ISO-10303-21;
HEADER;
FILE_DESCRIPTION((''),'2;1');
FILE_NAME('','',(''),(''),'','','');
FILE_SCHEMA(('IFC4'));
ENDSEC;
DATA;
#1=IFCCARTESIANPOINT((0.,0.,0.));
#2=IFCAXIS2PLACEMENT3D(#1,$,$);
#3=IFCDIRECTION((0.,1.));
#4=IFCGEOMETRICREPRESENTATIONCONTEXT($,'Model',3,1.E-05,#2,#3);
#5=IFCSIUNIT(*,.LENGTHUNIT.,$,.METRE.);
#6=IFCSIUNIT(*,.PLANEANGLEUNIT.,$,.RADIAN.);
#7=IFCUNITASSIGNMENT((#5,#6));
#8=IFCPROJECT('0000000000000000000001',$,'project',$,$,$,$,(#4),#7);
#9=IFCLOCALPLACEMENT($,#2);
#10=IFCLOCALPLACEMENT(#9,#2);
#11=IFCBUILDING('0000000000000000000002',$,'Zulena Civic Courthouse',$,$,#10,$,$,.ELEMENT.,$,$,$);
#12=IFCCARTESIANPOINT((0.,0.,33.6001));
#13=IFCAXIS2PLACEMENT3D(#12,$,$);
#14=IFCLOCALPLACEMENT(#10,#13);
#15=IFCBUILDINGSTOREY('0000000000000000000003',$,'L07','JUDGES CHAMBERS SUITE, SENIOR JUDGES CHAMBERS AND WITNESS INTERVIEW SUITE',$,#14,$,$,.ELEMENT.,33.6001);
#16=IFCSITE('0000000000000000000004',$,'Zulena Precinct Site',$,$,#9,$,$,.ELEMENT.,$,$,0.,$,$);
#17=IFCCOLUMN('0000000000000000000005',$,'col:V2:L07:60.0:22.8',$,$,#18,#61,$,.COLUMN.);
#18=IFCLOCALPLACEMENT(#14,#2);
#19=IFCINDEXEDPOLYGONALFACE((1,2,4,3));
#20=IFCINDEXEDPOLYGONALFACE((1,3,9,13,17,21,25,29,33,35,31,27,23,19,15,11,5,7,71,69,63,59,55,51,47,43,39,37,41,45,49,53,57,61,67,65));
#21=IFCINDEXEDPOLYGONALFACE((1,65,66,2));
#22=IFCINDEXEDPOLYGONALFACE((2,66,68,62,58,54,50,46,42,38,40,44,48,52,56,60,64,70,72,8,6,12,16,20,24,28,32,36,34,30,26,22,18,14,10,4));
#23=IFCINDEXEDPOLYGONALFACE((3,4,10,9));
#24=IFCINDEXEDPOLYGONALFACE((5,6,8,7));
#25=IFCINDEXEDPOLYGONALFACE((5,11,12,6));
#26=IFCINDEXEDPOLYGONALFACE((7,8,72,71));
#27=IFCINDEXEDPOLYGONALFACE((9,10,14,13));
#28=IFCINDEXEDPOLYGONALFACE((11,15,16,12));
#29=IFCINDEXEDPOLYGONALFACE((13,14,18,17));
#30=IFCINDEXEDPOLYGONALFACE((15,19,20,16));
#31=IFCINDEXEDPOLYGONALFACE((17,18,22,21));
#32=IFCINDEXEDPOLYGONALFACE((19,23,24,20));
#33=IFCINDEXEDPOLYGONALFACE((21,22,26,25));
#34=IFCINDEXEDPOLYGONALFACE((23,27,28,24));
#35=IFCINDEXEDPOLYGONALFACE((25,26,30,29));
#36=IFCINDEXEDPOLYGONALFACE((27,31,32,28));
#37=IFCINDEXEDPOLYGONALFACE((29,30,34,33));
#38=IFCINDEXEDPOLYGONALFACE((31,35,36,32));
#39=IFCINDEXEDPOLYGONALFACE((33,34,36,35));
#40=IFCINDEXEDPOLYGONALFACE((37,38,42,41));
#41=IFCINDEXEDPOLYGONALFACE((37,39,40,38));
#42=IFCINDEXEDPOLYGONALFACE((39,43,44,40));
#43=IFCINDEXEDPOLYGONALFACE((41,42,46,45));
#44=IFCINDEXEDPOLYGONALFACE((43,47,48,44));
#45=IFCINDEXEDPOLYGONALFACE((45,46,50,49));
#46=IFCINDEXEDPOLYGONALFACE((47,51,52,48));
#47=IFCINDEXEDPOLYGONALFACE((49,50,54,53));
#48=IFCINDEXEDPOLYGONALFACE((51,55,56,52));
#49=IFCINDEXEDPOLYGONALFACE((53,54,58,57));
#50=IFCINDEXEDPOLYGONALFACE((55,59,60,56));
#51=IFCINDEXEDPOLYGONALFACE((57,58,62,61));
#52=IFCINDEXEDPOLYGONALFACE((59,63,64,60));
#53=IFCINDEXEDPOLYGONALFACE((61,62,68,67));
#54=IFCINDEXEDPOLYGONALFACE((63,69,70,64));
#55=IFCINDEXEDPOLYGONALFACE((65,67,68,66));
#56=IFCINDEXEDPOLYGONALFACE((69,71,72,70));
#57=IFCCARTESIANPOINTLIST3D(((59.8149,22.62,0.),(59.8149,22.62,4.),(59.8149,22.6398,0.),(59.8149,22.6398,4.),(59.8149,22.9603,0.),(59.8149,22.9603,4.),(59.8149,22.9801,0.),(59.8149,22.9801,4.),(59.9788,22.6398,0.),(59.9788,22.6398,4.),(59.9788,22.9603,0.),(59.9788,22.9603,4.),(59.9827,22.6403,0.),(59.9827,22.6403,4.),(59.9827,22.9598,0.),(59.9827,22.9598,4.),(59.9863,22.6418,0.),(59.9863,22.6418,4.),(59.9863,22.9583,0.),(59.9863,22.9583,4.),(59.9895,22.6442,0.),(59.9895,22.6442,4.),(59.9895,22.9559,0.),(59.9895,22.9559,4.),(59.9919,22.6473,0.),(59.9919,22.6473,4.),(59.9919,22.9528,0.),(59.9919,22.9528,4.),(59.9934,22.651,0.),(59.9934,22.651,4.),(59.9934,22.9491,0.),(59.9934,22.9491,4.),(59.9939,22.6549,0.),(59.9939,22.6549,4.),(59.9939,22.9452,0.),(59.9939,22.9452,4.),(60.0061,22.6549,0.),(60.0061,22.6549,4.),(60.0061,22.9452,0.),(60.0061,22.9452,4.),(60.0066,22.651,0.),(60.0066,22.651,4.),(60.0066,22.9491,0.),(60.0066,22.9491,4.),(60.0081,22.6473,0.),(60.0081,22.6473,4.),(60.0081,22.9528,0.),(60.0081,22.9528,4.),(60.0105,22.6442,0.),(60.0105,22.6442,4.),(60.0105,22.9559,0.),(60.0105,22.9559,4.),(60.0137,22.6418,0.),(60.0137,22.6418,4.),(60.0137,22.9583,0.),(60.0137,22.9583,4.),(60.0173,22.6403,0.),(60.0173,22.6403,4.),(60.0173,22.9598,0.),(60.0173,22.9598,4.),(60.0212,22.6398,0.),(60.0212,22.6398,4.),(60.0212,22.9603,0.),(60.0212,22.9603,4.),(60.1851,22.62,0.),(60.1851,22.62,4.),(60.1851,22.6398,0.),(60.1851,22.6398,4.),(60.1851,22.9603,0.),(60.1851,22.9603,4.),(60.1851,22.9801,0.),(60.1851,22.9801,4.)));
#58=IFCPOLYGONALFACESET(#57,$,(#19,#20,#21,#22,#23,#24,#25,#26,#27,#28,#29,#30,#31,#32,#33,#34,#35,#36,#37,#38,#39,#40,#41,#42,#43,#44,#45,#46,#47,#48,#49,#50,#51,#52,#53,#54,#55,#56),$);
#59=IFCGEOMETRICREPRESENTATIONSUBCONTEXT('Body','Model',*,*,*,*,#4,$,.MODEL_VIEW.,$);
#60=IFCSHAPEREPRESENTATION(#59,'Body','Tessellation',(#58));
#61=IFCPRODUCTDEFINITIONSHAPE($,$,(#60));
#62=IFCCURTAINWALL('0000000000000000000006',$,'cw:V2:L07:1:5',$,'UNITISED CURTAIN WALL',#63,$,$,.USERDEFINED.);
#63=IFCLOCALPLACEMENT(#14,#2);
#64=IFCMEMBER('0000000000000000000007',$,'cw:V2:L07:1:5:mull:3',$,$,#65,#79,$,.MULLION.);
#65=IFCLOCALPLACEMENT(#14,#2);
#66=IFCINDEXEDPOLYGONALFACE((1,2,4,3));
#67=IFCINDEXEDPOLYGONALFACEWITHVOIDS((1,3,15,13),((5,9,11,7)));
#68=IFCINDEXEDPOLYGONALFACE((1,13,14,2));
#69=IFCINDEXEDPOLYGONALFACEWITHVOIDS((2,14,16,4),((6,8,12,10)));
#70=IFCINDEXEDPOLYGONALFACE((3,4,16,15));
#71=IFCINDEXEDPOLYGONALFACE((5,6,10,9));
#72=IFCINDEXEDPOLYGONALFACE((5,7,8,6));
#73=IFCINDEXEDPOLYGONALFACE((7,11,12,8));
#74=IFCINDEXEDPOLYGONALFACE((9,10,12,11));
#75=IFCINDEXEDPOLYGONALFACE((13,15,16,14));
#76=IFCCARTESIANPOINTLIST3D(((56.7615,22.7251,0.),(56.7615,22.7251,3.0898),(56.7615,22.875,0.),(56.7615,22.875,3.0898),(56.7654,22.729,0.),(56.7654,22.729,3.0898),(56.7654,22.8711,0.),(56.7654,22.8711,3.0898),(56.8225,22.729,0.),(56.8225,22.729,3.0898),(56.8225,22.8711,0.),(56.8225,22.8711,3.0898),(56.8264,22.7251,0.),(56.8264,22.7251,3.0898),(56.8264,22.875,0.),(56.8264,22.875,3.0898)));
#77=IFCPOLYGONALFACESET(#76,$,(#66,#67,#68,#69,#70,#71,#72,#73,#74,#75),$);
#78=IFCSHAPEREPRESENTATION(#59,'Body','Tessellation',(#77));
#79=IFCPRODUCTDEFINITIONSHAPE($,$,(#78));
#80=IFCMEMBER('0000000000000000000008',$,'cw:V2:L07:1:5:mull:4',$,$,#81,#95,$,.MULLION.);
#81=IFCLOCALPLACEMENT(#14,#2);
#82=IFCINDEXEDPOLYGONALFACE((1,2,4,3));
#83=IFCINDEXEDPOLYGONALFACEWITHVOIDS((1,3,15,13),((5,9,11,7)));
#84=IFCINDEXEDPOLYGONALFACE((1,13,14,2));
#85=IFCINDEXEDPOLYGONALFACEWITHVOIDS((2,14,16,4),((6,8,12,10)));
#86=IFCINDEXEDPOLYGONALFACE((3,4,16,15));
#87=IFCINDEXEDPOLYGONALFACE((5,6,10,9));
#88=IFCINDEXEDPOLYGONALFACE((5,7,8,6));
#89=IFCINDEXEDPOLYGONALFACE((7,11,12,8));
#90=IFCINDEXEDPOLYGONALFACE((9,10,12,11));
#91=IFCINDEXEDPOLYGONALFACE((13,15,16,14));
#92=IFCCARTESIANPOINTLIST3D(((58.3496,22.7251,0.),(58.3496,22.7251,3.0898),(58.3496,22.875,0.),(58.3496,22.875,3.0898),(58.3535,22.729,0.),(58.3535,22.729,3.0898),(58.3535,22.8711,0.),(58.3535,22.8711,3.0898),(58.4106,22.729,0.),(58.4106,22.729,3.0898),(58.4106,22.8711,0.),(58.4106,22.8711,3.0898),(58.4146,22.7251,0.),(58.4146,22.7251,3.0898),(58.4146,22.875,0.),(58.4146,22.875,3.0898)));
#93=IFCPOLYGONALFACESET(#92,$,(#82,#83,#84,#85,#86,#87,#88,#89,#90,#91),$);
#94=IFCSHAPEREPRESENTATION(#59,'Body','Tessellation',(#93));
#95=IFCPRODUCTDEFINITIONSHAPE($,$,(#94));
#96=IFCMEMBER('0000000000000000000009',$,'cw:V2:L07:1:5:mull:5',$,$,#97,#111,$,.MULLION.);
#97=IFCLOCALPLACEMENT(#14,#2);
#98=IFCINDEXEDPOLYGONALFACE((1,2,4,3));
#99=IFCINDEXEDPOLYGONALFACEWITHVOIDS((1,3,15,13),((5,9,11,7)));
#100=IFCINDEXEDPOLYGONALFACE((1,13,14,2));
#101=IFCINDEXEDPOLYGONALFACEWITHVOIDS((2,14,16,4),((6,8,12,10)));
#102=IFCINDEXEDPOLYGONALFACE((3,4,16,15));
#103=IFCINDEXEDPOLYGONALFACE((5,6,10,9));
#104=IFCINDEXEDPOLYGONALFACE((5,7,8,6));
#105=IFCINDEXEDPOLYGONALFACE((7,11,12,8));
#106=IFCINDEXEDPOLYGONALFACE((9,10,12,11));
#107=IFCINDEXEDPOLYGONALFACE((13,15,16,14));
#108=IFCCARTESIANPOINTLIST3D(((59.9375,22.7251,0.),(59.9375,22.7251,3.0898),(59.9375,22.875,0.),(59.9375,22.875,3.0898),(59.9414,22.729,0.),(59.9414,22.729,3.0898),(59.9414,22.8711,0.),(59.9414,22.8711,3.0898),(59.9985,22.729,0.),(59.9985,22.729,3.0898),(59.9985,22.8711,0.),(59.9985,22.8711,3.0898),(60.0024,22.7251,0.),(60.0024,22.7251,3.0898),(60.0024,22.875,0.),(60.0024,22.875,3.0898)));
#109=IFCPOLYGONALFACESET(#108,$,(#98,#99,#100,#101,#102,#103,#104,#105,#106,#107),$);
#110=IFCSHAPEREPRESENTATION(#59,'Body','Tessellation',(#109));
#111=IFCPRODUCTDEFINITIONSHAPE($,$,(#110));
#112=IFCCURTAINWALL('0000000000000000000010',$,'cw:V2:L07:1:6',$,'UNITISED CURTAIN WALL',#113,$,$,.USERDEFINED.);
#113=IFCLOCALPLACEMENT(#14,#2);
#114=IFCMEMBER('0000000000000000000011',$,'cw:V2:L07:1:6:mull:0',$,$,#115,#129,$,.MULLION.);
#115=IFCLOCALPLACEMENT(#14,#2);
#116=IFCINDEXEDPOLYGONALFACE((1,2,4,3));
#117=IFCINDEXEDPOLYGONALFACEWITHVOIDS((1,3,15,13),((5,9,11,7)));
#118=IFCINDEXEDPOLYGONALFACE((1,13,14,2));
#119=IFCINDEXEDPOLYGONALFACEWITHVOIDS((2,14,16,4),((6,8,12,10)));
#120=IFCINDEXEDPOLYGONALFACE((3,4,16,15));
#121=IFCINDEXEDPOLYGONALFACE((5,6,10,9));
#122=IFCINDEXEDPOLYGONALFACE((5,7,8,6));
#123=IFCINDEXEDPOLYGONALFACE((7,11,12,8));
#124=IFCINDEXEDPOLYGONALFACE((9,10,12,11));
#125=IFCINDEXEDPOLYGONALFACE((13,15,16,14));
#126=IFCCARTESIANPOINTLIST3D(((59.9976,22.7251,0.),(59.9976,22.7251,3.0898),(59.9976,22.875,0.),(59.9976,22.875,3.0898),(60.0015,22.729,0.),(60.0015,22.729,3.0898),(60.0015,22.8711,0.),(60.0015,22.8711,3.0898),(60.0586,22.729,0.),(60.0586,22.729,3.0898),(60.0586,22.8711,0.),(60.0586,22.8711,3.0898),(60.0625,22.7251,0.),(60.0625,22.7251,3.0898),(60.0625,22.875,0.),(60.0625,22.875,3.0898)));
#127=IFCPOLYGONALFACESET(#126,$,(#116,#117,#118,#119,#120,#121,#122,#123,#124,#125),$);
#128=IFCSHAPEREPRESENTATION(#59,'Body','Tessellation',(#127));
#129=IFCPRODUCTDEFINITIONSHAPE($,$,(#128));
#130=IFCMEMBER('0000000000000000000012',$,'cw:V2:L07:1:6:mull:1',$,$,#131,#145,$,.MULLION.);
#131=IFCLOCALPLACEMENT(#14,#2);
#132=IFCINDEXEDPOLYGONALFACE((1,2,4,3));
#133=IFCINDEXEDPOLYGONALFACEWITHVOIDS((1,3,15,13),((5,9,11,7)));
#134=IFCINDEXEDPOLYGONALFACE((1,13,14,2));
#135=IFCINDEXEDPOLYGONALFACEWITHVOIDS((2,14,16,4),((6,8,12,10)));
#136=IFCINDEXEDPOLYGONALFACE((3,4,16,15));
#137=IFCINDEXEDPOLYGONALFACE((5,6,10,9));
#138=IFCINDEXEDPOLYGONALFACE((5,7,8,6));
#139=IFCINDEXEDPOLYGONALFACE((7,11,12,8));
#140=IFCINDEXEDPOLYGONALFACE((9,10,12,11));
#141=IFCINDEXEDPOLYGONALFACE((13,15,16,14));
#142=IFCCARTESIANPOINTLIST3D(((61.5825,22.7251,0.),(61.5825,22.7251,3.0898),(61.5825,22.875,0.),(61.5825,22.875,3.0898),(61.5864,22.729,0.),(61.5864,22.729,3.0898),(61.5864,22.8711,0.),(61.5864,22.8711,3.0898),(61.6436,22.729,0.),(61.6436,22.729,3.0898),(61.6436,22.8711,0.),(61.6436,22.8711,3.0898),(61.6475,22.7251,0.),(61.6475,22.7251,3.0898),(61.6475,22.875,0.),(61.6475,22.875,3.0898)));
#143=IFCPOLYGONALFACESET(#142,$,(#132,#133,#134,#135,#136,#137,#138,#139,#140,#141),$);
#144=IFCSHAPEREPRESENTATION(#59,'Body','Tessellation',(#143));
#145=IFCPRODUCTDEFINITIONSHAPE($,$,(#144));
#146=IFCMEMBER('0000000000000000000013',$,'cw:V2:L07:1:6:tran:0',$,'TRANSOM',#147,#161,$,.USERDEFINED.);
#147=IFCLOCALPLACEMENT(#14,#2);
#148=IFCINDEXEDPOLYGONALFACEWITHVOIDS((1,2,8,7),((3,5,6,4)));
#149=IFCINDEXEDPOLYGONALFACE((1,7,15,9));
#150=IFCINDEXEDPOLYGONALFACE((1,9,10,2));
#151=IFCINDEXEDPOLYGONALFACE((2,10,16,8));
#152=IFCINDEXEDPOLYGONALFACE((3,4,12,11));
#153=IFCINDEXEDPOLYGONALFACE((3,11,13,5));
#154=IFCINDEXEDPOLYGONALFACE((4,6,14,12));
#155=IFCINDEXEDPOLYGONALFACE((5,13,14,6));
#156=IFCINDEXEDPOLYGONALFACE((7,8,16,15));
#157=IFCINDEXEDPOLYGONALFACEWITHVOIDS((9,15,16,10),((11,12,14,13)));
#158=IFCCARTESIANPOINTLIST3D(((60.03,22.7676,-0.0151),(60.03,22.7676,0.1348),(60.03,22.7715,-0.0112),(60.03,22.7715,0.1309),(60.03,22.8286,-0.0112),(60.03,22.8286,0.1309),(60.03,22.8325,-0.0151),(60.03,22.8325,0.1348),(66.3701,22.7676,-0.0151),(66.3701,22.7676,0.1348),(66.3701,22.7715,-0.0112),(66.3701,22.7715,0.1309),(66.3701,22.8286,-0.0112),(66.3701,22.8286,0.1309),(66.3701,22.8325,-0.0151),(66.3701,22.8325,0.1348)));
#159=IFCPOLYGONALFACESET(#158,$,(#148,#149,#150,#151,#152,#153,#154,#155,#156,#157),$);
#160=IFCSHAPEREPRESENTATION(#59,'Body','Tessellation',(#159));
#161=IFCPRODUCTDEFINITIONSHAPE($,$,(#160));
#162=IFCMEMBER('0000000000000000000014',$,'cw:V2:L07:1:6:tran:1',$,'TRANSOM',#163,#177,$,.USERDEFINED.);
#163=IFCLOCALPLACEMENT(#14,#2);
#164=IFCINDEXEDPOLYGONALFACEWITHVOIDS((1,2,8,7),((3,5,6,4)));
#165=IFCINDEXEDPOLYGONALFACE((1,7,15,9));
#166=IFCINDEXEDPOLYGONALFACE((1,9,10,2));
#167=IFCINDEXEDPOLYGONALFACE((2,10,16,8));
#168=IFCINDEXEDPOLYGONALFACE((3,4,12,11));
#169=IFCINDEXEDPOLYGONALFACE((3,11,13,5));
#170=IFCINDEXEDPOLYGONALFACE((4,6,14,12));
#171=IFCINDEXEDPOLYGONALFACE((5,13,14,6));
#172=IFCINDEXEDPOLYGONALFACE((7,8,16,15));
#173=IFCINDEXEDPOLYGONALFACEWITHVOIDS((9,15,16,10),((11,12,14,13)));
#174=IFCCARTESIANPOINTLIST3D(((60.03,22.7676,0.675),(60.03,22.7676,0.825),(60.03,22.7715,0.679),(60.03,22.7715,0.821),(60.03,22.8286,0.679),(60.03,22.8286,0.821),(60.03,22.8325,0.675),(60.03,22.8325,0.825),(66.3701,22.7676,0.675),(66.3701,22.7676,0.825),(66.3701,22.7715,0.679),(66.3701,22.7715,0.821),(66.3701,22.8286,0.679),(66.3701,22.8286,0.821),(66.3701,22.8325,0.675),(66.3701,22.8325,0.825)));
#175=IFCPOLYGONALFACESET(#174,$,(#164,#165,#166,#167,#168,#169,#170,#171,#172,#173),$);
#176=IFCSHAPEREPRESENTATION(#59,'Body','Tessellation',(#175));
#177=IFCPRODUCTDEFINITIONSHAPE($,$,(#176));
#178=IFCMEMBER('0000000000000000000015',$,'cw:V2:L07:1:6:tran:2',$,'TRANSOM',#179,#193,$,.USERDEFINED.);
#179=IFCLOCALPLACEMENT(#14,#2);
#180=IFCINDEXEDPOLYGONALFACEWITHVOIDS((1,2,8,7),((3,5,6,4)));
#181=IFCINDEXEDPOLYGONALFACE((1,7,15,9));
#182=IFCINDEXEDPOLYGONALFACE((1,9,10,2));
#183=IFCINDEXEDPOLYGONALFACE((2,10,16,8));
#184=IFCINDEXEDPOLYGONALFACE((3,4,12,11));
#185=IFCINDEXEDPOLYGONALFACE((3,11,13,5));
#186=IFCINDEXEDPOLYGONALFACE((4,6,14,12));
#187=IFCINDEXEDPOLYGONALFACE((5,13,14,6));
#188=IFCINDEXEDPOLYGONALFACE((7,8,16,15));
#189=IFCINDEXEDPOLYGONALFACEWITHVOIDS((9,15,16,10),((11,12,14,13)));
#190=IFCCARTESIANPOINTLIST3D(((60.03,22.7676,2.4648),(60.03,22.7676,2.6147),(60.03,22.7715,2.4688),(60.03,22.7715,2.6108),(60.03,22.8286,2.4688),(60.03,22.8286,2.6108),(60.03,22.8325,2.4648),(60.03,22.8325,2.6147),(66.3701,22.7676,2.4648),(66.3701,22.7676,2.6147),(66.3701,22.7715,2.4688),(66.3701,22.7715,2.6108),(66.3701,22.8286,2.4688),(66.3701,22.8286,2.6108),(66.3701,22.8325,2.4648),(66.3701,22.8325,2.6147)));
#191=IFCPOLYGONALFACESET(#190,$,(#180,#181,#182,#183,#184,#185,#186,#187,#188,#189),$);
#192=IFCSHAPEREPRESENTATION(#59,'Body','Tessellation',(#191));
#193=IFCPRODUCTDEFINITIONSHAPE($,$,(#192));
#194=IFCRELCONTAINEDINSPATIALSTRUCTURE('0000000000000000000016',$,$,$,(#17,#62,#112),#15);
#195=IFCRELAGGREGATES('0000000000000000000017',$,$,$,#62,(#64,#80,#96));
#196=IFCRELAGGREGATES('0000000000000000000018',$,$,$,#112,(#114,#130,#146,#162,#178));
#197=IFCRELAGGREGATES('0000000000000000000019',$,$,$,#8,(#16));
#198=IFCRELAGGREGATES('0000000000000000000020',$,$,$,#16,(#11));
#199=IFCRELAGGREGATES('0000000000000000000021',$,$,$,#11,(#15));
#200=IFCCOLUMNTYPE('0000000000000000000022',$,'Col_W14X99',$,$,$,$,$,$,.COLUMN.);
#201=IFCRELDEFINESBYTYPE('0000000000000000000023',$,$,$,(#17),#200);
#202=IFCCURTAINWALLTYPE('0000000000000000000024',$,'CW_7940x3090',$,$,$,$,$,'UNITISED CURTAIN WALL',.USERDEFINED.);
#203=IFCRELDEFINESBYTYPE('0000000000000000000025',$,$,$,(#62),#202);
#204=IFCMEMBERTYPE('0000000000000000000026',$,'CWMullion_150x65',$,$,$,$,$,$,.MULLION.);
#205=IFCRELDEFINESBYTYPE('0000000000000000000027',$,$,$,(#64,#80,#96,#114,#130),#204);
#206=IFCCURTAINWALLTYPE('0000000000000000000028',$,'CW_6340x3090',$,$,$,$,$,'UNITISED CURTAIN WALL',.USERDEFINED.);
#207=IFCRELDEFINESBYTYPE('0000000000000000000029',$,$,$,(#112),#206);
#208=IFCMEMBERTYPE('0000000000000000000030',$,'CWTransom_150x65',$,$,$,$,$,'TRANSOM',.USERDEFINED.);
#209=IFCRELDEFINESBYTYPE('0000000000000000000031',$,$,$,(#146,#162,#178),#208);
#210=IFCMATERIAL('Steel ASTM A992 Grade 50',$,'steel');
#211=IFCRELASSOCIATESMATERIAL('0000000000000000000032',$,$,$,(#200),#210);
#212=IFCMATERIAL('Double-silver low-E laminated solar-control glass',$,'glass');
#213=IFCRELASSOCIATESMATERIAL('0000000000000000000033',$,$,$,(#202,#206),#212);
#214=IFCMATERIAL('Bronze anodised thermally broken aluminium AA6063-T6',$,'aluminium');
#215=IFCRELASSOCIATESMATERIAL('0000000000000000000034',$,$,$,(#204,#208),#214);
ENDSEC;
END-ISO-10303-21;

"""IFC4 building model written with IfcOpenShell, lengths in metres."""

from ifc_helpers import new_model, si_unit, direction, frame, origin, origin_2d, place, context, subcontext, project, spatial, hollow_rectangle, i_section, extrude, material, material_profile, profile_set, type_object, element, aggregate, save


model = new_model("IFC4")

# Units and contexts
model_context = context("Model", 3, precision=1e-05, world=origin(), true_north=direction((0.0, 1.0)))
body_context = subcontext(model_context, "Body", "Model", "MODEL_VIEW")
ifc_project = project(units=[si_unit("LENGTHUNIT", "METRE"), si_unit("PLANEANGLEUNIT", "RADIAN")], contexts=[model_context])

# Site, building, storey
site_placement = place(None, origin())
site = spatial("IfcSite", under=ifc_project, at=site_placement, Name="Zulena Precinct Site", CompositionType="ELEMENT", RefElevation=0.0)
building_placement = place(site_placement, origin())
building = spatial("IfcBuilding", under=site, at=building_placement, Name="Zulena Civic Courthouse", CompositionType="ELEMENT")
storey_placement = place(building_placement, frame((0.0, 0.0, 33.6001)))
storey = spatial("IfcBuildingStorey", under=building, at=storey_placement, Name="L07", Description="JUDGES CHAMBERS SUITE, SENIOR JUDGES CHAMBERS AND WITNESS INTERVIEW SUITE", CompositionType="ELEMENT", Elevation=33.6001)

# Column
ifc_material_1 = material(Name="Steel ASTM A992 Grade 50", Category="steel")
ifc_material_profile_1 = material_profile(ifc_material_1, i_section(OverallWidth=0.3701, OverallDepth=0.3601, WebThickness=0.0122, FlangeThickness=0.0198, FilletRadius=0.0151, at=origin_2d()), Name="W14X99")
ifc_profile_set_1 = profile_set([ifc_material_profile_1], Name="Steel ASTM A992 Grade 50")
column_type = type_object("IfcColumnType", Name="Col_W14X99", PredefinedType="COLUMN", material=ifc_profile_set_1)
column_placement = place(storey_placement, frame((60.0, 22.8, 0.0), z_axis=(0.0, 0.0, 1.0), x_axis=(1.0, 0.0, 0.0)))
element("IfcColumn", 1, at=column_placement, inside=storey, type_object=column_type, Name="col:V2:L07:60.0:22.8", PredefinedType="COLUMN", context=body_context, shape_type="SweptSolid", body=[
    extrude(i_section(OverallWidth=0.3701, OverallDepth=0.3601, WebThickness=0.0122, FlangeThickness=0.0198, FilletRadius=0.0151, at=origin_2d()), origin(), (0.0, 0.0, 1.0), 4.0),
])

# Curtain walls, members
ifc_material_2 = material(Name="Double-silver low-E laminated solar-control glass", Category="glass")
curtain_wall_type_1 = type_object("IfcCurtainWallType", Name="CW_7940x3090", ElementType="UNITISED CURTAIN WALL", PredefinedType="USERDEFINED", material=ifc_material_2)
curtain_wall_1_placement = place(storey_placement, origin())
curtain_wall_1 = element("IfcCurtainWall", 2, at=curtain_wall_1_placement, inside=storey, type_object=curtain_wall_type_1, Name="cw:V2:L07:1:5", ObjectType="UNITISED CURTAIN WALL", PredefinedType="USERDEFINED")
ifc_material_3 = material(Name="Bronze anodised thermally broken aluminium AA6063-T6", Category="aluminium")
ifc_material_profile_2 = material_profile(ifc_material_3, hollow_rectangle(XDim=0.0649, YDim=0.1499, WallThickness=0.0039, at=origin_2d()), Name="CWM150X65X4")
ifc_profile_set_2 = profile_set([ifc_material_profile_2], Name="Bronze anodised thermally broken aluminium AA6063-T6")
member_type_1 = type_object("IfcMemberType", Name="CWMullion_150x65", PredefinedType="MULLION", material=ifc_profile_set_2)
member_1_placement = place(storey_placement, frame((56.7939, 22.8, 0.0), z_axis=(0.0, 0.0, 1.0), x_axis=(1.0, 0.0, 0.0)))
member_1 = element("IfcMember", 3, at=member_1_placement, type_object=member_type_1, Name="cw:V2:L07:1:5:mull:3", PredefinedType="MULLION", context=body_context, shape_type="SweptSolid", body=[
    extrude(hollow_rectangle(XDim=0.0649, YDim=0.1499, WallThickness=0.0039, at=origin_2d()), origin(), (0.0, 0.0, 1.0), 3.0898),
])
member_2_placement = place(storey_placement, frame((58.3821, 22.8, 0.0), z_axis=(0.0, 0.0, 1.0), x_axis=(1.0, 0.0, 0.0)))
member_2 = element("IfcMember", 4, at=member_2_placement, type_object=member_type_1, Name="cw:V2:L07:1:5:mull:4", PredefinedType="MULLION", context=body_context, shape_type="SweptSolid", body=[
    extrude(hollow_rectangle(XDim=0.0649, YDim=0.1499, WallThickness=0.0039, at=origin_2d()), origin(), (0.0, 0.0, 1.0), 3.0898),
])
member_3_placement = place(storey_placement, frame((59.97, 22.8, 0.0), z_axis=(0.0, 0.0, 1.0), x_axis=(1.0, 0.0, 0.0)))
member_3 = element("IfcMember", 5, at=member_3_placement, type_object=member_type_1, Name="cw:V2:L07:1:5:mull:5", PredefinedType="MULLION", context=body_context, shape_type="SweptSolid", body=[
    extrude(hollow_rectangle(XDim=0.0649, YDim=0.1499, WallThickness=0.0039, at=origin_2d()), origin(), (0.0, 0.0, 1.0), 3.0898),
])
curtain_wall_type_2 = type_object("IfcCurtainWallType", Name="CW_6340x3090", ElementType="UNITISED CURTAIN WALL", PredefinedType="USERDEFINED", material=ifc_material_2)
curtain_wall_2_placement = place(storey_placement, origin())
curtain_wall_2 = element("IfcCurtainWall", 6, at=curtain_wall_2_placement, inside=storey, type_object=curtain_wall_type_2, Name="cw:V2:L07:1:6", ObjectType="UNITISED CURTAIN WALL", PredefinedType="USERDEFINED")
member_4_placement = place(storey_placement, frame((60.03, 22.8, 0.0), z_axis=(0.0, 0.0, 1.0), x_axis=(1.0, 0.0, 0.0)))
member_4 = element("IfcMember", 7, at=member_4_placement, type_object=member_type_1, Name="cw:V2:L07:1:6:mull:0", PredefinedType="MULLION", context=body_context, shape_type="SweptSolid", body=[
    extrude(hollow_rectangle(XDim=0.0649, YDim=0.1499, WallThickness=0.0039, at=origin_2d()), origin(), (0.0, 0.0, 1.0), 3.0898),
])
member_5_placement = place(storey_placement, frame((61.615, 22.8, 0.0), z_axis=(0.0, 0.0, 1.0), x_axis=(1.0, 0.0, 0.0)))
member_5 = element("IfcMember", 8, at=member_5_placement, type_object=member_type_1, Name="cw:V2:L07:1:6:mull:1", PredefinedType="MULLION", context=body_context, shape_type="SweptSolid", body=[
    extrude(hollow_rectangle(XDim=0.0649, YDim=0.1499, WallThickness=0.0039, at=origin_2d()), origin(), (0.0, 0.0, 1.0), 3.0898),
])
ifc_material_profile_3 = material_profile(ifc_material_3, hollow_rectangle(XDim=0.0649, YDim=0.1499, WallThickness=0.0039, at=origin_2d()), Name="CWT150X65X4")
ifc_profile_set_3 = profile_set([ifc_material_profile_3], Name="Bronze anodised thermally broken aluminium AA6063-T6")
member_type_2 = type_object("IfcMemberType", Name="CWTransom_150x65", ElementType="TRANSOM", PredefinedType="USERDEFINED", material=ifc_profile_set_3)
member_6_placement = place(storey_placement, frame((60.03, 22.8, 0.0598), z_axis=(1.0, 0.0, 0.0), x_axis=(0.0, 1.0, 0.0)))
member_6 = element("IfcMember", 9, at=member_6_placement, type_object=member_type_2, Name="cw:V2:L07:1:6:tran:0", ObjectType="TRANSOM", PredefinedType="USERDEFINED", context=body_context, shape_type="SweptSolid", body=[
    extrude(hollow_rectangle(XDim=0.0649, YDim=0.1499, WallThickness=0.0039, at=origin_2d()), origin(), (0.0, 0.0, 1.0), 6.3401),
])
member_7_placement = place(storey_placement, frame((60.03, 22.8, 0.75), z_axis=(1.0, 0.0, 0.0), x_axis=(0.0, 1.0, 0.0)))
member_7 = element("IfcMember", 10, at=member_7_placement, type_object=member_type_2, Name="cw:V2:L07:1:6:tran:1", ObjectType="TRANSOM", PredefinedType="USERDEFINED", context=body_context, shape_type="SweptSolid", body=[
    extrude(hollow_rectangle(XDim=0.0649, YDim=0.1499, WallThickness=0.0039, at=origin_2d()), origin(), (0.0, 0.0, 1.0), 6.3401),
])
member_8_placement = place(storey_placement, frame((60.03, 22.8, 2.5398), z_axis=(1.0, 0.0, 0.0), x_axis=(0.0, 1.0, 0.0)))
member_8 = element("IfcMember", 11, at=member_8_placement, type_object=member_type_2, Name="cw:V2:L07:1:6:tran:2", ObjectType="TRANSOM", PredefinedType="USERDEFINED", context=body_context, shape_type="SweptSolid", body=[
    extrude(hollow_rectangle(XDim=0.0649, YDim=0.1499, WallThickness=0.0039, at=origin_2d()), origin(), (0.0, 0.0, 1.0), 6.3401),
])

aggregate(curtain_wall_1, [member_1, member_2, member_3])
aggregate(curtain_wall_2, [member_4, member_5, member_6, member_7, member_8])

save(model, "model.ifc")
